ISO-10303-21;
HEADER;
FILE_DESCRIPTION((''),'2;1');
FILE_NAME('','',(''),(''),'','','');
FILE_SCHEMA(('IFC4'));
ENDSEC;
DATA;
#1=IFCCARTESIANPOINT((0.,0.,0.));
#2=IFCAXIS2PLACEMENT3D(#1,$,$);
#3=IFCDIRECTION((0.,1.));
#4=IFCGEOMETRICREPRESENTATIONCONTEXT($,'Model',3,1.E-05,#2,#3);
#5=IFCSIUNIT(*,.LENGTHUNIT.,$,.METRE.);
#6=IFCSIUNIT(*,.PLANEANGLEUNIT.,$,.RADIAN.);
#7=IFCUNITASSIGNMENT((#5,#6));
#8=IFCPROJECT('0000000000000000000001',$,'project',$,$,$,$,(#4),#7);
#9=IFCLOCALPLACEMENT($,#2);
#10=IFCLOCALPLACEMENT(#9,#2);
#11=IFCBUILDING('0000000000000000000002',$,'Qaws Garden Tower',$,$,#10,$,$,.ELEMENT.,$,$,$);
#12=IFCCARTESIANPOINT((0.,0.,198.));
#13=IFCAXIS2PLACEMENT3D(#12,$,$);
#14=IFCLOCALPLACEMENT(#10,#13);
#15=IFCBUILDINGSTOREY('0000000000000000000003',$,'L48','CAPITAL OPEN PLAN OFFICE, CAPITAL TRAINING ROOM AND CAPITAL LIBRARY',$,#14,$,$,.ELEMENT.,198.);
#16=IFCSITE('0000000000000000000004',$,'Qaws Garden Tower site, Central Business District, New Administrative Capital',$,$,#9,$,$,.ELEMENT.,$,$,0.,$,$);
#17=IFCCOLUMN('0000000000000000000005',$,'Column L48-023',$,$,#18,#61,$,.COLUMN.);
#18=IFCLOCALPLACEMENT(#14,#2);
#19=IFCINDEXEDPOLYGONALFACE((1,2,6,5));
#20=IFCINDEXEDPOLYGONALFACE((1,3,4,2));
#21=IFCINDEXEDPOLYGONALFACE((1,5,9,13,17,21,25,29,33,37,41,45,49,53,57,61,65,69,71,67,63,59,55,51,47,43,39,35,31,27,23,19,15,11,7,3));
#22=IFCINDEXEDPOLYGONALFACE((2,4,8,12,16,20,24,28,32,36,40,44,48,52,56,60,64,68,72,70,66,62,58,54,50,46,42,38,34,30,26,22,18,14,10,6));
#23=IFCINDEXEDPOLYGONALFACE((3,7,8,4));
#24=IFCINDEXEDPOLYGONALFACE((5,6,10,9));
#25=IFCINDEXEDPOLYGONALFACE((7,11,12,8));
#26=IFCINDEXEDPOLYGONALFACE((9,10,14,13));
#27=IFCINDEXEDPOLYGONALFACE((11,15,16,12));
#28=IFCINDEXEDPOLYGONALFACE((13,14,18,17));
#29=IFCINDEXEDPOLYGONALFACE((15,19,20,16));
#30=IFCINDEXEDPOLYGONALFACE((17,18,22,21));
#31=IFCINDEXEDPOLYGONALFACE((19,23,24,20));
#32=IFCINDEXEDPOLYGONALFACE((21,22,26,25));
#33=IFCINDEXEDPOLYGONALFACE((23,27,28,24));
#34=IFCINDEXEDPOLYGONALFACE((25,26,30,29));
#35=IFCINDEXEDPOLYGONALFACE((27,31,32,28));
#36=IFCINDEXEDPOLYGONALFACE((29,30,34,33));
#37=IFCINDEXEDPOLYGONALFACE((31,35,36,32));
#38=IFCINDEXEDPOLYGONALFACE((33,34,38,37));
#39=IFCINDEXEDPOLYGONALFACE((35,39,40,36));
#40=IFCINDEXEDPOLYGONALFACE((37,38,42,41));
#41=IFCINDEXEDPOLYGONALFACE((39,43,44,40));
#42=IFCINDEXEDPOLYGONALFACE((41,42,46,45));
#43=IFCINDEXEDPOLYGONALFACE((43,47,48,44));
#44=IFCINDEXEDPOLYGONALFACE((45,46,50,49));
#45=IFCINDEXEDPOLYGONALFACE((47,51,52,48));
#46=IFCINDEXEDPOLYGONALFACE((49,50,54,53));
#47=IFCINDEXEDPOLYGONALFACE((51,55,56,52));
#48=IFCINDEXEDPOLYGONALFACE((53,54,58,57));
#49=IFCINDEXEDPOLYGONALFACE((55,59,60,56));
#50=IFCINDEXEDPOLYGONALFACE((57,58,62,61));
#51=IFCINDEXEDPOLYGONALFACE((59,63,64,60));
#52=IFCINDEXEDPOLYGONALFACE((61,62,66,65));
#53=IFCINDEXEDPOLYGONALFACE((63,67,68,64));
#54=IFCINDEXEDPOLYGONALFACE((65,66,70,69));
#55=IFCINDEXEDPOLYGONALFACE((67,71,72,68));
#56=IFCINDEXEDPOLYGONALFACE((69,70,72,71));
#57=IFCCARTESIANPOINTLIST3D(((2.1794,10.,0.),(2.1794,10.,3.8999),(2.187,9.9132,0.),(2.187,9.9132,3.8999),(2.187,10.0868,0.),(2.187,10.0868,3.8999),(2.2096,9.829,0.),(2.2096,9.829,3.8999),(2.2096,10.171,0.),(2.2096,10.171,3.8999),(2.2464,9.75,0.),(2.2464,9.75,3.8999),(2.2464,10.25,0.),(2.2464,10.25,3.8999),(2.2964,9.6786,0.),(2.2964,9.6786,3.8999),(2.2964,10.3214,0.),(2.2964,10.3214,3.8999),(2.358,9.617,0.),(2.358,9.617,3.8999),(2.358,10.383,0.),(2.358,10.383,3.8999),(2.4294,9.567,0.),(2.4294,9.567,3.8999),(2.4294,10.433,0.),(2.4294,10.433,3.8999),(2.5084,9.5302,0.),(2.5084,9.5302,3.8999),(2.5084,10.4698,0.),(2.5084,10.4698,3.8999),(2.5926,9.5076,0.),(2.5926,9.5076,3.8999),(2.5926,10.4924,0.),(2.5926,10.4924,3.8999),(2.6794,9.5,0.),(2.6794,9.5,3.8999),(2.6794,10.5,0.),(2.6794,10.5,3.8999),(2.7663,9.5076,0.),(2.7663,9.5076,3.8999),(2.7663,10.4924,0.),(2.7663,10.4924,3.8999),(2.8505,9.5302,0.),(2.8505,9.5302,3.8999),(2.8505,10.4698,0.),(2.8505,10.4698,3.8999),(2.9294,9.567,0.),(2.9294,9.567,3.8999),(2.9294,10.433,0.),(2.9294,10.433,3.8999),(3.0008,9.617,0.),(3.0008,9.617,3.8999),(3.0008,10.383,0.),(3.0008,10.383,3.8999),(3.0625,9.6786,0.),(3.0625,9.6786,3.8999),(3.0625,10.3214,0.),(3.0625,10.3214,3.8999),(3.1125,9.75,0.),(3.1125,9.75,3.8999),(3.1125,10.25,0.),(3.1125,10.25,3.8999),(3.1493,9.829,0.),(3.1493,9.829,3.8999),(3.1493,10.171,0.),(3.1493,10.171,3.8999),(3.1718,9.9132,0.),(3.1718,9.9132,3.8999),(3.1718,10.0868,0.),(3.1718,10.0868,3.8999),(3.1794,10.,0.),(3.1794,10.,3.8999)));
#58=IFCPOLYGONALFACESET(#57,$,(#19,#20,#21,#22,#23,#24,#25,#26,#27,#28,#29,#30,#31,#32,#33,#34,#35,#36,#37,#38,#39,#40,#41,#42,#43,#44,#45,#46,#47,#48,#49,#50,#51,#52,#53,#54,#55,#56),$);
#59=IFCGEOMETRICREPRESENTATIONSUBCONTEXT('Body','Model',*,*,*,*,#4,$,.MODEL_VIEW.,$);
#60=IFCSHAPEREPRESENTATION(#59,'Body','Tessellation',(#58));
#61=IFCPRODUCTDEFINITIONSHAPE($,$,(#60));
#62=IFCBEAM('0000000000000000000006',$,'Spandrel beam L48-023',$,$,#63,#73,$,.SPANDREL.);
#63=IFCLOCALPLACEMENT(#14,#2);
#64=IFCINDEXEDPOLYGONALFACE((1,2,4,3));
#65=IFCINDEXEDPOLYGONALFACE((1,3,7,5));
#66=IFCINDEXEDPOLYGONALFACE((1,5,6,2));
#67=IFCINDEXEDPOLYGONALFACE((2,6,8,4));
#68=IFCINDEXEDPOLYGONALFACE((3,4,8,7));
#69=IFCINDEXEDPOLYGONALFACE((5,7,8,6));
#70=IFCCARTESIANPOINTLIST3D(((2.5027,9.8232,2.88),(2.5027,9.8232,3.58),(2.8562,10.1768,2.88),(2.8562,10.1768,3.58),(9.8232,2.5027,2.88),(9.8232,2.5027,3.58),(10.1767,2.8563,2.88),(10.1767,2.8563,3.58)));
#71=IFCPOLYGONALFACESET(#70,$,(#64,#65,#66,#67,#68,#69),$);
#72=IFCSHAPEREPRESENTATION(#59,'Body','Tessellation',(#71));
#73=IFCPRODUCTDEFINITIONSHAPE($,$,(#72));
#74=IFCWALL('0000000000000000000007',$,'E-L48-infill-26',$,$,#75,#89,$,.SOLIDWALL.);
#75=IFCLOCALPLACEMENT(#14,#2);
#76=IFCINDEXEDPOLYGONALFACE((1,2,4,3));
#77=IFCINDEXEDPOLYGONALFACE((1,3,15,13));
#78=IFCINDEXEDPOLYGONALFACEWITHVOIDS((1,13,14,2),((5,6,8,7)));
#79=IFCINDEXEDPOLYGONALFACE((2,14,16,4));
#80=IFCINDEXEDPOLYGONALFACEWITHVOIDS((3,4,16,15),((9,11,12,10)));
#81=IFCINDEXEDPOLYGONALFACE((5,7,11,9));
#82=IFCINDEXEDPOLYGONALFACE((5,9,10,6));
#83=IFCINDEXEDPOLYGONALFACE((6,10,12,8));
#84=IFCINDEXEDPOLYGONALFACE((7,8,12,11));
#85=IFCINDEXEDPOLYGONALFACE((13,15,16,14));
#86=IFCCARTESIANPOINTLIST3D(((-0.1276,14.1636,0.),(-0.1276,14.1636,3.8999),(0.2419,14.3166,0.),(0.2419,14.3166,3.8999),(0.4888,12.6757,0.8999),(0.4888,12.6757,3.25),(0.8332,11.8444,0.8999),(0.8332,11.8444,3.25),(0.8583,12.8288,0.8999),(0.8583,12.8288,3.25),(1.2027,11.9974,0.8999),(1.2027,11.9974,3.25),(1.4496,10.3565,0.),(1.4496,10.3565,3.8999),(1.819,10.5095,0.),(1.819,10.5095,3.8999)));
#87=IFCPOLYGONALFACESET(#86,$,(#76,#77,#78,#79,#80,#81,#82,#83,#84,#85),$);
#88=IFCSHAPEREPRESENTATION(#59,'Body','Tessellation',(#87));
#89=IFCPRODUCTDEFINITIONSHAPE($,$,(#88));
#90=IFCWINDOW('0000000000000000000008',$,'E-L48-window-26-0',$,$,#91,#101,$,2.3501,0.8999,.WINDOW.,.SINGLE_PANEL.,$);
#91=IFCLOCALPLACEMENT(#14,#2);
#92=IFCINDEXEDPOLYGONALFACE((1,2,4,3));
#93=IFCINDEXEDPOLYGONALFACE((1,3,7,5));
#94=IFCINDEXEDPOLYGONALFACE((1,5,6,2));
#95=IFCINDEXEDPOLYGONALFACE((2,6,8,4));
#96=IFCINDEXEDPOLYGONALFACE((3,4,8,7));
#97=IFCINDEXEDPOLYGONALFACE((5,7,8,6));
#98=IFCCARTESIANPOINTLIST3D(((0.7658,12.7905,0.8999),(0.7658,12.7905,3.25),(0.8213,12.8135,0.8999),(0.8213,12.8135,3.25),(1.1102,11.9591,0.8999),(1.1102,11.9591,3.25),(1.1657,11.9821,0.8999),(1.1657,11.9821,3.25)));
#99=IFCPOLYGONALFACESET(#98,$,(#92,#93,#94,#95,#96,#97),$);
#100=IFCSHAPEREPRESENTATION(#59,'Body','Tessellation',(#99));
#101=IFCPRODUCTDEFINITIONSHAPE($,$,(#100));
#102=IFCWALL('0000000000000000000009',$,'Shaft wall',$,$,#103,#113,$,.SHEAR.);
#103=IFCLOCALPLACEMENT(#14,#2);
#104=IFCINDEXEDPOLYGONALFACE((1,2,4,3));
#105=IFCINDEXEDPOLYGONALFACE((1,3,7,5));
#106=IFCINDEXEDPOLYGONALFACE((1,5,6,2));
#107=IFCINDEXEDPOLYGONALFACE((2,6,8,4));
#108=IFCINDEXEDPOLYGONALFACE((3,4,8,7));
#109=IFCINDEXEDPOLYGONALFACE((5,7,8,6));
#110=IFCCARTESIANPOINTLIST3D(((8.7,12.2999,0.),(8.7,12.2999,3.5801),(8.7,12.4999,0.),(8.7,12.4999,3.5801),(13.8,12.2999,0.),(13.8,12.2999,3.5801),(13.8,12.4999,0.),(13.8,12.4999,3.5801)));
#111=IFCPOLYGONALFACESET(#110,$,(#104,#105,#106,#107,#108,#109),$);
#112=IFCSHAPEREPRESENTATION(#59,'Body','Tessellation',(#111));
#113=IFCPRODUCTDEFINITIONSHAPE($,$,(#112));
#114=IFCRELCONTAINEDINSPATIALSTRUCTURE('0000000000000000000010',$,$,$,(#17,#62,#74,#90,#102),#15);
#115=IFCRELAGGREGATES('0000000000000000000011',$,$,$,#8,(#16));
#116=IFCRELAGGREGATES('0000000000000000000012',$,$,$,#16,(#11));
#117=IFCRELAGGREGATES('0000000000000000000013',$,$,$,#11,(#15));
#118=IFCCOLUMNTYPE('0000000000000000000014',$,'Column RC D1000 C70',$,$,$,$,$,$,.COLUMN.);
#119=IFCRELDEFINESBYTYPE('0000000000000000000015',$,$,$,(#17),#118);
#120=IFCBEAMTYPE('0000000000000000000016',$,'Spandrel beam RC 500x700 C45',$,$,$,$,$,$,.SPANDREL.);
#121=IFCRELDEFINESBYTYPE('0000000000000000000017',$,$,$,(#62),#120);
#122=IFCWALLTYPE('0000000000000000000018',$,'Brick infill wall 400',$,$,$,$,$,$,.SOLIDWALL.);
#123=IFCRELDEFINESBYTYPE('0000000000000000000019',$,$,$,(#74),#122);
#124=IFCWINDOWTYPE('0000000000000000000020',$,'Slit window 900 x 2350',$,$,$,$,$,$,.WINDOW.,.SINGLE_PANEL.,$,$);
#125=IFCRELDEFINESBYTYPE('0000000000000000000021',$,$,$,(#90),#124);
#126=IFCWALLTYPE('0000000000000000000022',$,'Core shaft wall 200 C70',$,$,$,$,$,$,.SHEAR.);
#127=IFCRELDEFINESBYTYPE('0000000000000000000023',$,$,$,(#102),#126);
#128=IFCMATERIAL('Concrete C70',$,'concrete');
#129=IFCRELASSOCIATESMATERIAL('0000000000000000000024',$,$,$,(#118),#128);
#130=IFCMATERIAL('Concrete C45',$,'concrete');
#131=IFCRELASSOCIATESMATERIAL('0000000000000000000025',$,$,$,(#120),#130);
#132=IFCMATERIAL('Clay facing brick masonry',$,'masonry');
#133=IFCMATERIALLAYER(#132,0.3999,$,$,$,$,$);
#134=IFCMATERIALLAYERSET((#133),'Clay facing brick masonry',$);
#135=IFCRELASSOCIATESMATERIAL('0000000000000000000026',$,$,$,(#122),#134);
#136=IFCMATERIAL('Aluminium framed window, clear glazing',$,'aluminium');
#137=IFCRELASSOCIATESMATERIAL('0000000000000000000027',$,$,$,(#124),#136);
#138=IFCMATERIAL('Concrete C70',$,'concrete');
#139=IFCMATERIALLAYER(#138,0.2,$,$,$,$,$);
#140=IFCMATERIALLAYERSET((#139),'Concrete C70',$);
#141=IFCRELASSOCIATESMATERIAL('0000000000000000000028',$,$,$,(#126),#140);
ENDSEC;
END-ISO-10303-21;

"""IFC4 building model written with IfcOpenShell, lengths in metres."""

from ifc_helpers import new_model, si_unit, direction, frame, frame_2d, origin, origin_2d, place, context, subcontext, project, spatial, rectangle, circle, extrude, material, layer, layer_set, material_profile, profile_set, type_object, element, fill, save


model = new_model("IFC4")

# Units and contexts
model_context = context("Model", 3, precision=1e-05, world=origin(), true_north=direction((0.0, 1.0)))
body_context = subcontext(model_context, "Body", "Model", "MODEL_VIEW")
ifc_project = project(units=[si_unit("LENGTHUNIT", "METRE"), si_unit("PLANEANGLEUNIT", "RADIAN")], contexts=[model_context])

# Site, building, storey
site_placement = place(None, origin())
site = spatial("IfcSite", under=ifc_project, at=site_placement, Name="Qaws Garden Tower site, Central Business District, New Administrative Capital", CompositionType="ELEMENT", RefElevation=0.0)
building_placement = place(site_placement, origin())
building = spatial("IfcBuilding", under=site, at=building_placement, Name="Qaws Garden Tower", CompositionType="ELEMENT")
storey_placement = place(building_placement, frame((0.0, 0.0, 198.0)))
storey = spatial("IfcBuildingStorey", under=building, at=storey_placement, Name="L48", Description="CAPITAL OPEN PLAN OFFICE, CAPITAL TRAINING ROOM AND CAPITAL LIBRARY", CompositionType="ELEMENT", Elevation=198.0)

# Column
ifc_material_1 = material(Name="Concrete C70", Category="concrete")
ifc_material_profile_1 = material_profile(ifc_material_1, circle(Radius=0.5, at=origin_2d()), Name="RC D1000")
ifc_profile_set_1 = profile_set([ifc_material_profile_1], Name="Concrete C70")
column_type = type_object("IfcColumnType", Name="Column RC D1000 C70", PredefinedType="COLUMN", material=ifc_profile_set_1)
column_placement = place(storey_placement, frame((2.6794, 10.0, 0.0), z_axis=(0.0, 0.0, 1.0), x_axis=(1.0, 0.0, 0.0)))
element("IfcColumn", 1, at=column_placement, inside=storey, type_object=column_type, Name="Column L48-023", PredefinedType="COLUMN", context=body_context, shape_type="SweptSolid", body=[
    extrude(circle(Radius=0.5, at=origin_2d()), origin(), (0.0, 0.0, 1.0), 3.8999),
])

# Beam
ifc_material_2 = material(Name="Concrete C45", Category="concrete")
ifc_material_profile_2 = material_profile(ifc_material_2, rectangle(XDim=0.5, YDim=0.7, at=origin_2d()), Name="RC 500x700")
ifc_profile_set_2 = profile_set([ifc_material_profile_2], Name="Concrete C45")
beam_type = type_object("IfcBeamType", Name="Spandrel beam RC 500x700 C45", PredefinedType="SPANDREL", material=ifc_profile_set_2)
beam_placement = place(storey_placement, frame((2.6794, 10.0, 3.23), z_axis=(0.707107, -0.707107, 0.0), x_axis=(0.707107, 0.707107, 0.0)))
element("IfcBeam", 2, at=beam_placement, inside=storey, type_object=beam_type, Name="Spandrel beam L48-023", PredefinedType="SPANDREL", context=body_context, shape_type="SweptSolid", body=[
    extrude(rectangle(XDim=0.5, YDim=0.7, at=origin_2d()), origin(), (0.0, 0.0, 1.0), 10.3528),
])

# Wall, opening, window
ifc_material_3 = material(Name="Clay facing brick masonry", Category="masonry")
ifc_layer_1 = layer(ifc_material_3, 0.3999)
ifc_layer_set_1 = layer_set([ifc_layer_1], Name="Clay facing brick masonry")
wall_type_1 = type_object("IfcWallType", Name="Brick infill wall 400", PredefinedType="SOLIDWALL", material=ifc_layer_set_1)
wall_1_placement = place(storey_placement, frame((0.0571, 14.2402, 0.0), z_axis=(0.0, 0.0, 1.0), x_axis=(0.382722, -0.923864, 0.0)))
wall_1 = element("IfcWall", 3, at=wall_1_placement, inside=storey, type_object=wall_type_1, Name="E-L48-infill-26", PredefinedType="SOLIDWALL", context=body_context, shape_type="SweptSolid", body=[
    extrude(rectangle(XDim=4.1208, YDim=0.3999, at=frame_2d((2.0605, 0.0))), origin(), (0.0, 0.0, 1.0), 3.8999),
])
opening_1_placement = place(wall_1_placement, frame((1.6106, 0.0, 0.8999)))
opening_1 = element("IfcOpeningElement", 4, at=opening_1_placement, cuts=wall_1, PredefinedType="OPENING", context=body_context, shape_type="SweptSolid", body=[
    extrude(rectangle(XDim=0.8999, YDim=2.3501, at=frame_2d((0.45, 1.175))), frame((0.0, 0.21, 0.0), z_axis=(0.0, -1.0, 0.0), x_axis=(1.0, 0.0, 0.0)), (0.0, 0.0, 1.0), 0.4199),
])
ifc_material_4 = material(Name="Aluminium framed window, clear glazing", Category="aluminium")
window_type = type_object("IfcWindowType", Name="Slit window 900 x 2350", PartitioningType="SINGLE_PANEL", PredefinedType="WINDOW", material=ifc_material_4)
window_placement = place(opening_1_placement, origin())
window = element("IfcWindow", 5, at=window_placement, inside=storey, type_object=window_type, Name="E-L48-window-26-0", OverallHeight=2.3501, OverallWidth=0.8999, PartitioningType="SINGLE_PANEL", PredefinedType="WINDOW", context=body_context, shape_type="SweptSolid", body=[
    extrude(rectangle(XDim=0.8999, YDim=2.3501, at=frame_2d((0.45, 1.175))), frame((0.0, 0.1599, 0.0), z_axis=(0.0, -1.0, 0.0), x_axis=(1.0, 0.0, 0.0)), (0.0, 0.0, 1.0), 0.0601),
])
fill(opening_1, window)

# Wall
ifc_material_5 = material(Name="Concrete C70", Category="concrete")
ifc_layer_2 = layer(ifc_material_5, 0.2)
ifc_layer_set_2 = layer_set([ifc_layer_2], Name="Concrete C70")
wall_type_2 = type_object("IfcWallType", Name="Core shaft wall 200 C70", PredefinedType="SHEAR", material=ifc_layer_set_2)
wall_2_placement = place(storey_placement, frame((8.7, 12.3999, 0.0), z_axis=(0.0, 0.0, 1.0), x_axis=(1.0, 0.0, 0.0)))
element("IfcWall", 6, at=wall_2_placement, inside=storey, type_object=wall_type_2, Name="Shaft wall", PredefinedType="SHEAR", context=body_context, shape_type="SweptSolid", body=[
    extrude(rectangle(XDim=5.1001, YDim=0.2, at=frame_2d((2.55, 0.0))), origin(), (0.0, 0.0, 1.0), 3.5801),
])

save(model, "model.ifc")
